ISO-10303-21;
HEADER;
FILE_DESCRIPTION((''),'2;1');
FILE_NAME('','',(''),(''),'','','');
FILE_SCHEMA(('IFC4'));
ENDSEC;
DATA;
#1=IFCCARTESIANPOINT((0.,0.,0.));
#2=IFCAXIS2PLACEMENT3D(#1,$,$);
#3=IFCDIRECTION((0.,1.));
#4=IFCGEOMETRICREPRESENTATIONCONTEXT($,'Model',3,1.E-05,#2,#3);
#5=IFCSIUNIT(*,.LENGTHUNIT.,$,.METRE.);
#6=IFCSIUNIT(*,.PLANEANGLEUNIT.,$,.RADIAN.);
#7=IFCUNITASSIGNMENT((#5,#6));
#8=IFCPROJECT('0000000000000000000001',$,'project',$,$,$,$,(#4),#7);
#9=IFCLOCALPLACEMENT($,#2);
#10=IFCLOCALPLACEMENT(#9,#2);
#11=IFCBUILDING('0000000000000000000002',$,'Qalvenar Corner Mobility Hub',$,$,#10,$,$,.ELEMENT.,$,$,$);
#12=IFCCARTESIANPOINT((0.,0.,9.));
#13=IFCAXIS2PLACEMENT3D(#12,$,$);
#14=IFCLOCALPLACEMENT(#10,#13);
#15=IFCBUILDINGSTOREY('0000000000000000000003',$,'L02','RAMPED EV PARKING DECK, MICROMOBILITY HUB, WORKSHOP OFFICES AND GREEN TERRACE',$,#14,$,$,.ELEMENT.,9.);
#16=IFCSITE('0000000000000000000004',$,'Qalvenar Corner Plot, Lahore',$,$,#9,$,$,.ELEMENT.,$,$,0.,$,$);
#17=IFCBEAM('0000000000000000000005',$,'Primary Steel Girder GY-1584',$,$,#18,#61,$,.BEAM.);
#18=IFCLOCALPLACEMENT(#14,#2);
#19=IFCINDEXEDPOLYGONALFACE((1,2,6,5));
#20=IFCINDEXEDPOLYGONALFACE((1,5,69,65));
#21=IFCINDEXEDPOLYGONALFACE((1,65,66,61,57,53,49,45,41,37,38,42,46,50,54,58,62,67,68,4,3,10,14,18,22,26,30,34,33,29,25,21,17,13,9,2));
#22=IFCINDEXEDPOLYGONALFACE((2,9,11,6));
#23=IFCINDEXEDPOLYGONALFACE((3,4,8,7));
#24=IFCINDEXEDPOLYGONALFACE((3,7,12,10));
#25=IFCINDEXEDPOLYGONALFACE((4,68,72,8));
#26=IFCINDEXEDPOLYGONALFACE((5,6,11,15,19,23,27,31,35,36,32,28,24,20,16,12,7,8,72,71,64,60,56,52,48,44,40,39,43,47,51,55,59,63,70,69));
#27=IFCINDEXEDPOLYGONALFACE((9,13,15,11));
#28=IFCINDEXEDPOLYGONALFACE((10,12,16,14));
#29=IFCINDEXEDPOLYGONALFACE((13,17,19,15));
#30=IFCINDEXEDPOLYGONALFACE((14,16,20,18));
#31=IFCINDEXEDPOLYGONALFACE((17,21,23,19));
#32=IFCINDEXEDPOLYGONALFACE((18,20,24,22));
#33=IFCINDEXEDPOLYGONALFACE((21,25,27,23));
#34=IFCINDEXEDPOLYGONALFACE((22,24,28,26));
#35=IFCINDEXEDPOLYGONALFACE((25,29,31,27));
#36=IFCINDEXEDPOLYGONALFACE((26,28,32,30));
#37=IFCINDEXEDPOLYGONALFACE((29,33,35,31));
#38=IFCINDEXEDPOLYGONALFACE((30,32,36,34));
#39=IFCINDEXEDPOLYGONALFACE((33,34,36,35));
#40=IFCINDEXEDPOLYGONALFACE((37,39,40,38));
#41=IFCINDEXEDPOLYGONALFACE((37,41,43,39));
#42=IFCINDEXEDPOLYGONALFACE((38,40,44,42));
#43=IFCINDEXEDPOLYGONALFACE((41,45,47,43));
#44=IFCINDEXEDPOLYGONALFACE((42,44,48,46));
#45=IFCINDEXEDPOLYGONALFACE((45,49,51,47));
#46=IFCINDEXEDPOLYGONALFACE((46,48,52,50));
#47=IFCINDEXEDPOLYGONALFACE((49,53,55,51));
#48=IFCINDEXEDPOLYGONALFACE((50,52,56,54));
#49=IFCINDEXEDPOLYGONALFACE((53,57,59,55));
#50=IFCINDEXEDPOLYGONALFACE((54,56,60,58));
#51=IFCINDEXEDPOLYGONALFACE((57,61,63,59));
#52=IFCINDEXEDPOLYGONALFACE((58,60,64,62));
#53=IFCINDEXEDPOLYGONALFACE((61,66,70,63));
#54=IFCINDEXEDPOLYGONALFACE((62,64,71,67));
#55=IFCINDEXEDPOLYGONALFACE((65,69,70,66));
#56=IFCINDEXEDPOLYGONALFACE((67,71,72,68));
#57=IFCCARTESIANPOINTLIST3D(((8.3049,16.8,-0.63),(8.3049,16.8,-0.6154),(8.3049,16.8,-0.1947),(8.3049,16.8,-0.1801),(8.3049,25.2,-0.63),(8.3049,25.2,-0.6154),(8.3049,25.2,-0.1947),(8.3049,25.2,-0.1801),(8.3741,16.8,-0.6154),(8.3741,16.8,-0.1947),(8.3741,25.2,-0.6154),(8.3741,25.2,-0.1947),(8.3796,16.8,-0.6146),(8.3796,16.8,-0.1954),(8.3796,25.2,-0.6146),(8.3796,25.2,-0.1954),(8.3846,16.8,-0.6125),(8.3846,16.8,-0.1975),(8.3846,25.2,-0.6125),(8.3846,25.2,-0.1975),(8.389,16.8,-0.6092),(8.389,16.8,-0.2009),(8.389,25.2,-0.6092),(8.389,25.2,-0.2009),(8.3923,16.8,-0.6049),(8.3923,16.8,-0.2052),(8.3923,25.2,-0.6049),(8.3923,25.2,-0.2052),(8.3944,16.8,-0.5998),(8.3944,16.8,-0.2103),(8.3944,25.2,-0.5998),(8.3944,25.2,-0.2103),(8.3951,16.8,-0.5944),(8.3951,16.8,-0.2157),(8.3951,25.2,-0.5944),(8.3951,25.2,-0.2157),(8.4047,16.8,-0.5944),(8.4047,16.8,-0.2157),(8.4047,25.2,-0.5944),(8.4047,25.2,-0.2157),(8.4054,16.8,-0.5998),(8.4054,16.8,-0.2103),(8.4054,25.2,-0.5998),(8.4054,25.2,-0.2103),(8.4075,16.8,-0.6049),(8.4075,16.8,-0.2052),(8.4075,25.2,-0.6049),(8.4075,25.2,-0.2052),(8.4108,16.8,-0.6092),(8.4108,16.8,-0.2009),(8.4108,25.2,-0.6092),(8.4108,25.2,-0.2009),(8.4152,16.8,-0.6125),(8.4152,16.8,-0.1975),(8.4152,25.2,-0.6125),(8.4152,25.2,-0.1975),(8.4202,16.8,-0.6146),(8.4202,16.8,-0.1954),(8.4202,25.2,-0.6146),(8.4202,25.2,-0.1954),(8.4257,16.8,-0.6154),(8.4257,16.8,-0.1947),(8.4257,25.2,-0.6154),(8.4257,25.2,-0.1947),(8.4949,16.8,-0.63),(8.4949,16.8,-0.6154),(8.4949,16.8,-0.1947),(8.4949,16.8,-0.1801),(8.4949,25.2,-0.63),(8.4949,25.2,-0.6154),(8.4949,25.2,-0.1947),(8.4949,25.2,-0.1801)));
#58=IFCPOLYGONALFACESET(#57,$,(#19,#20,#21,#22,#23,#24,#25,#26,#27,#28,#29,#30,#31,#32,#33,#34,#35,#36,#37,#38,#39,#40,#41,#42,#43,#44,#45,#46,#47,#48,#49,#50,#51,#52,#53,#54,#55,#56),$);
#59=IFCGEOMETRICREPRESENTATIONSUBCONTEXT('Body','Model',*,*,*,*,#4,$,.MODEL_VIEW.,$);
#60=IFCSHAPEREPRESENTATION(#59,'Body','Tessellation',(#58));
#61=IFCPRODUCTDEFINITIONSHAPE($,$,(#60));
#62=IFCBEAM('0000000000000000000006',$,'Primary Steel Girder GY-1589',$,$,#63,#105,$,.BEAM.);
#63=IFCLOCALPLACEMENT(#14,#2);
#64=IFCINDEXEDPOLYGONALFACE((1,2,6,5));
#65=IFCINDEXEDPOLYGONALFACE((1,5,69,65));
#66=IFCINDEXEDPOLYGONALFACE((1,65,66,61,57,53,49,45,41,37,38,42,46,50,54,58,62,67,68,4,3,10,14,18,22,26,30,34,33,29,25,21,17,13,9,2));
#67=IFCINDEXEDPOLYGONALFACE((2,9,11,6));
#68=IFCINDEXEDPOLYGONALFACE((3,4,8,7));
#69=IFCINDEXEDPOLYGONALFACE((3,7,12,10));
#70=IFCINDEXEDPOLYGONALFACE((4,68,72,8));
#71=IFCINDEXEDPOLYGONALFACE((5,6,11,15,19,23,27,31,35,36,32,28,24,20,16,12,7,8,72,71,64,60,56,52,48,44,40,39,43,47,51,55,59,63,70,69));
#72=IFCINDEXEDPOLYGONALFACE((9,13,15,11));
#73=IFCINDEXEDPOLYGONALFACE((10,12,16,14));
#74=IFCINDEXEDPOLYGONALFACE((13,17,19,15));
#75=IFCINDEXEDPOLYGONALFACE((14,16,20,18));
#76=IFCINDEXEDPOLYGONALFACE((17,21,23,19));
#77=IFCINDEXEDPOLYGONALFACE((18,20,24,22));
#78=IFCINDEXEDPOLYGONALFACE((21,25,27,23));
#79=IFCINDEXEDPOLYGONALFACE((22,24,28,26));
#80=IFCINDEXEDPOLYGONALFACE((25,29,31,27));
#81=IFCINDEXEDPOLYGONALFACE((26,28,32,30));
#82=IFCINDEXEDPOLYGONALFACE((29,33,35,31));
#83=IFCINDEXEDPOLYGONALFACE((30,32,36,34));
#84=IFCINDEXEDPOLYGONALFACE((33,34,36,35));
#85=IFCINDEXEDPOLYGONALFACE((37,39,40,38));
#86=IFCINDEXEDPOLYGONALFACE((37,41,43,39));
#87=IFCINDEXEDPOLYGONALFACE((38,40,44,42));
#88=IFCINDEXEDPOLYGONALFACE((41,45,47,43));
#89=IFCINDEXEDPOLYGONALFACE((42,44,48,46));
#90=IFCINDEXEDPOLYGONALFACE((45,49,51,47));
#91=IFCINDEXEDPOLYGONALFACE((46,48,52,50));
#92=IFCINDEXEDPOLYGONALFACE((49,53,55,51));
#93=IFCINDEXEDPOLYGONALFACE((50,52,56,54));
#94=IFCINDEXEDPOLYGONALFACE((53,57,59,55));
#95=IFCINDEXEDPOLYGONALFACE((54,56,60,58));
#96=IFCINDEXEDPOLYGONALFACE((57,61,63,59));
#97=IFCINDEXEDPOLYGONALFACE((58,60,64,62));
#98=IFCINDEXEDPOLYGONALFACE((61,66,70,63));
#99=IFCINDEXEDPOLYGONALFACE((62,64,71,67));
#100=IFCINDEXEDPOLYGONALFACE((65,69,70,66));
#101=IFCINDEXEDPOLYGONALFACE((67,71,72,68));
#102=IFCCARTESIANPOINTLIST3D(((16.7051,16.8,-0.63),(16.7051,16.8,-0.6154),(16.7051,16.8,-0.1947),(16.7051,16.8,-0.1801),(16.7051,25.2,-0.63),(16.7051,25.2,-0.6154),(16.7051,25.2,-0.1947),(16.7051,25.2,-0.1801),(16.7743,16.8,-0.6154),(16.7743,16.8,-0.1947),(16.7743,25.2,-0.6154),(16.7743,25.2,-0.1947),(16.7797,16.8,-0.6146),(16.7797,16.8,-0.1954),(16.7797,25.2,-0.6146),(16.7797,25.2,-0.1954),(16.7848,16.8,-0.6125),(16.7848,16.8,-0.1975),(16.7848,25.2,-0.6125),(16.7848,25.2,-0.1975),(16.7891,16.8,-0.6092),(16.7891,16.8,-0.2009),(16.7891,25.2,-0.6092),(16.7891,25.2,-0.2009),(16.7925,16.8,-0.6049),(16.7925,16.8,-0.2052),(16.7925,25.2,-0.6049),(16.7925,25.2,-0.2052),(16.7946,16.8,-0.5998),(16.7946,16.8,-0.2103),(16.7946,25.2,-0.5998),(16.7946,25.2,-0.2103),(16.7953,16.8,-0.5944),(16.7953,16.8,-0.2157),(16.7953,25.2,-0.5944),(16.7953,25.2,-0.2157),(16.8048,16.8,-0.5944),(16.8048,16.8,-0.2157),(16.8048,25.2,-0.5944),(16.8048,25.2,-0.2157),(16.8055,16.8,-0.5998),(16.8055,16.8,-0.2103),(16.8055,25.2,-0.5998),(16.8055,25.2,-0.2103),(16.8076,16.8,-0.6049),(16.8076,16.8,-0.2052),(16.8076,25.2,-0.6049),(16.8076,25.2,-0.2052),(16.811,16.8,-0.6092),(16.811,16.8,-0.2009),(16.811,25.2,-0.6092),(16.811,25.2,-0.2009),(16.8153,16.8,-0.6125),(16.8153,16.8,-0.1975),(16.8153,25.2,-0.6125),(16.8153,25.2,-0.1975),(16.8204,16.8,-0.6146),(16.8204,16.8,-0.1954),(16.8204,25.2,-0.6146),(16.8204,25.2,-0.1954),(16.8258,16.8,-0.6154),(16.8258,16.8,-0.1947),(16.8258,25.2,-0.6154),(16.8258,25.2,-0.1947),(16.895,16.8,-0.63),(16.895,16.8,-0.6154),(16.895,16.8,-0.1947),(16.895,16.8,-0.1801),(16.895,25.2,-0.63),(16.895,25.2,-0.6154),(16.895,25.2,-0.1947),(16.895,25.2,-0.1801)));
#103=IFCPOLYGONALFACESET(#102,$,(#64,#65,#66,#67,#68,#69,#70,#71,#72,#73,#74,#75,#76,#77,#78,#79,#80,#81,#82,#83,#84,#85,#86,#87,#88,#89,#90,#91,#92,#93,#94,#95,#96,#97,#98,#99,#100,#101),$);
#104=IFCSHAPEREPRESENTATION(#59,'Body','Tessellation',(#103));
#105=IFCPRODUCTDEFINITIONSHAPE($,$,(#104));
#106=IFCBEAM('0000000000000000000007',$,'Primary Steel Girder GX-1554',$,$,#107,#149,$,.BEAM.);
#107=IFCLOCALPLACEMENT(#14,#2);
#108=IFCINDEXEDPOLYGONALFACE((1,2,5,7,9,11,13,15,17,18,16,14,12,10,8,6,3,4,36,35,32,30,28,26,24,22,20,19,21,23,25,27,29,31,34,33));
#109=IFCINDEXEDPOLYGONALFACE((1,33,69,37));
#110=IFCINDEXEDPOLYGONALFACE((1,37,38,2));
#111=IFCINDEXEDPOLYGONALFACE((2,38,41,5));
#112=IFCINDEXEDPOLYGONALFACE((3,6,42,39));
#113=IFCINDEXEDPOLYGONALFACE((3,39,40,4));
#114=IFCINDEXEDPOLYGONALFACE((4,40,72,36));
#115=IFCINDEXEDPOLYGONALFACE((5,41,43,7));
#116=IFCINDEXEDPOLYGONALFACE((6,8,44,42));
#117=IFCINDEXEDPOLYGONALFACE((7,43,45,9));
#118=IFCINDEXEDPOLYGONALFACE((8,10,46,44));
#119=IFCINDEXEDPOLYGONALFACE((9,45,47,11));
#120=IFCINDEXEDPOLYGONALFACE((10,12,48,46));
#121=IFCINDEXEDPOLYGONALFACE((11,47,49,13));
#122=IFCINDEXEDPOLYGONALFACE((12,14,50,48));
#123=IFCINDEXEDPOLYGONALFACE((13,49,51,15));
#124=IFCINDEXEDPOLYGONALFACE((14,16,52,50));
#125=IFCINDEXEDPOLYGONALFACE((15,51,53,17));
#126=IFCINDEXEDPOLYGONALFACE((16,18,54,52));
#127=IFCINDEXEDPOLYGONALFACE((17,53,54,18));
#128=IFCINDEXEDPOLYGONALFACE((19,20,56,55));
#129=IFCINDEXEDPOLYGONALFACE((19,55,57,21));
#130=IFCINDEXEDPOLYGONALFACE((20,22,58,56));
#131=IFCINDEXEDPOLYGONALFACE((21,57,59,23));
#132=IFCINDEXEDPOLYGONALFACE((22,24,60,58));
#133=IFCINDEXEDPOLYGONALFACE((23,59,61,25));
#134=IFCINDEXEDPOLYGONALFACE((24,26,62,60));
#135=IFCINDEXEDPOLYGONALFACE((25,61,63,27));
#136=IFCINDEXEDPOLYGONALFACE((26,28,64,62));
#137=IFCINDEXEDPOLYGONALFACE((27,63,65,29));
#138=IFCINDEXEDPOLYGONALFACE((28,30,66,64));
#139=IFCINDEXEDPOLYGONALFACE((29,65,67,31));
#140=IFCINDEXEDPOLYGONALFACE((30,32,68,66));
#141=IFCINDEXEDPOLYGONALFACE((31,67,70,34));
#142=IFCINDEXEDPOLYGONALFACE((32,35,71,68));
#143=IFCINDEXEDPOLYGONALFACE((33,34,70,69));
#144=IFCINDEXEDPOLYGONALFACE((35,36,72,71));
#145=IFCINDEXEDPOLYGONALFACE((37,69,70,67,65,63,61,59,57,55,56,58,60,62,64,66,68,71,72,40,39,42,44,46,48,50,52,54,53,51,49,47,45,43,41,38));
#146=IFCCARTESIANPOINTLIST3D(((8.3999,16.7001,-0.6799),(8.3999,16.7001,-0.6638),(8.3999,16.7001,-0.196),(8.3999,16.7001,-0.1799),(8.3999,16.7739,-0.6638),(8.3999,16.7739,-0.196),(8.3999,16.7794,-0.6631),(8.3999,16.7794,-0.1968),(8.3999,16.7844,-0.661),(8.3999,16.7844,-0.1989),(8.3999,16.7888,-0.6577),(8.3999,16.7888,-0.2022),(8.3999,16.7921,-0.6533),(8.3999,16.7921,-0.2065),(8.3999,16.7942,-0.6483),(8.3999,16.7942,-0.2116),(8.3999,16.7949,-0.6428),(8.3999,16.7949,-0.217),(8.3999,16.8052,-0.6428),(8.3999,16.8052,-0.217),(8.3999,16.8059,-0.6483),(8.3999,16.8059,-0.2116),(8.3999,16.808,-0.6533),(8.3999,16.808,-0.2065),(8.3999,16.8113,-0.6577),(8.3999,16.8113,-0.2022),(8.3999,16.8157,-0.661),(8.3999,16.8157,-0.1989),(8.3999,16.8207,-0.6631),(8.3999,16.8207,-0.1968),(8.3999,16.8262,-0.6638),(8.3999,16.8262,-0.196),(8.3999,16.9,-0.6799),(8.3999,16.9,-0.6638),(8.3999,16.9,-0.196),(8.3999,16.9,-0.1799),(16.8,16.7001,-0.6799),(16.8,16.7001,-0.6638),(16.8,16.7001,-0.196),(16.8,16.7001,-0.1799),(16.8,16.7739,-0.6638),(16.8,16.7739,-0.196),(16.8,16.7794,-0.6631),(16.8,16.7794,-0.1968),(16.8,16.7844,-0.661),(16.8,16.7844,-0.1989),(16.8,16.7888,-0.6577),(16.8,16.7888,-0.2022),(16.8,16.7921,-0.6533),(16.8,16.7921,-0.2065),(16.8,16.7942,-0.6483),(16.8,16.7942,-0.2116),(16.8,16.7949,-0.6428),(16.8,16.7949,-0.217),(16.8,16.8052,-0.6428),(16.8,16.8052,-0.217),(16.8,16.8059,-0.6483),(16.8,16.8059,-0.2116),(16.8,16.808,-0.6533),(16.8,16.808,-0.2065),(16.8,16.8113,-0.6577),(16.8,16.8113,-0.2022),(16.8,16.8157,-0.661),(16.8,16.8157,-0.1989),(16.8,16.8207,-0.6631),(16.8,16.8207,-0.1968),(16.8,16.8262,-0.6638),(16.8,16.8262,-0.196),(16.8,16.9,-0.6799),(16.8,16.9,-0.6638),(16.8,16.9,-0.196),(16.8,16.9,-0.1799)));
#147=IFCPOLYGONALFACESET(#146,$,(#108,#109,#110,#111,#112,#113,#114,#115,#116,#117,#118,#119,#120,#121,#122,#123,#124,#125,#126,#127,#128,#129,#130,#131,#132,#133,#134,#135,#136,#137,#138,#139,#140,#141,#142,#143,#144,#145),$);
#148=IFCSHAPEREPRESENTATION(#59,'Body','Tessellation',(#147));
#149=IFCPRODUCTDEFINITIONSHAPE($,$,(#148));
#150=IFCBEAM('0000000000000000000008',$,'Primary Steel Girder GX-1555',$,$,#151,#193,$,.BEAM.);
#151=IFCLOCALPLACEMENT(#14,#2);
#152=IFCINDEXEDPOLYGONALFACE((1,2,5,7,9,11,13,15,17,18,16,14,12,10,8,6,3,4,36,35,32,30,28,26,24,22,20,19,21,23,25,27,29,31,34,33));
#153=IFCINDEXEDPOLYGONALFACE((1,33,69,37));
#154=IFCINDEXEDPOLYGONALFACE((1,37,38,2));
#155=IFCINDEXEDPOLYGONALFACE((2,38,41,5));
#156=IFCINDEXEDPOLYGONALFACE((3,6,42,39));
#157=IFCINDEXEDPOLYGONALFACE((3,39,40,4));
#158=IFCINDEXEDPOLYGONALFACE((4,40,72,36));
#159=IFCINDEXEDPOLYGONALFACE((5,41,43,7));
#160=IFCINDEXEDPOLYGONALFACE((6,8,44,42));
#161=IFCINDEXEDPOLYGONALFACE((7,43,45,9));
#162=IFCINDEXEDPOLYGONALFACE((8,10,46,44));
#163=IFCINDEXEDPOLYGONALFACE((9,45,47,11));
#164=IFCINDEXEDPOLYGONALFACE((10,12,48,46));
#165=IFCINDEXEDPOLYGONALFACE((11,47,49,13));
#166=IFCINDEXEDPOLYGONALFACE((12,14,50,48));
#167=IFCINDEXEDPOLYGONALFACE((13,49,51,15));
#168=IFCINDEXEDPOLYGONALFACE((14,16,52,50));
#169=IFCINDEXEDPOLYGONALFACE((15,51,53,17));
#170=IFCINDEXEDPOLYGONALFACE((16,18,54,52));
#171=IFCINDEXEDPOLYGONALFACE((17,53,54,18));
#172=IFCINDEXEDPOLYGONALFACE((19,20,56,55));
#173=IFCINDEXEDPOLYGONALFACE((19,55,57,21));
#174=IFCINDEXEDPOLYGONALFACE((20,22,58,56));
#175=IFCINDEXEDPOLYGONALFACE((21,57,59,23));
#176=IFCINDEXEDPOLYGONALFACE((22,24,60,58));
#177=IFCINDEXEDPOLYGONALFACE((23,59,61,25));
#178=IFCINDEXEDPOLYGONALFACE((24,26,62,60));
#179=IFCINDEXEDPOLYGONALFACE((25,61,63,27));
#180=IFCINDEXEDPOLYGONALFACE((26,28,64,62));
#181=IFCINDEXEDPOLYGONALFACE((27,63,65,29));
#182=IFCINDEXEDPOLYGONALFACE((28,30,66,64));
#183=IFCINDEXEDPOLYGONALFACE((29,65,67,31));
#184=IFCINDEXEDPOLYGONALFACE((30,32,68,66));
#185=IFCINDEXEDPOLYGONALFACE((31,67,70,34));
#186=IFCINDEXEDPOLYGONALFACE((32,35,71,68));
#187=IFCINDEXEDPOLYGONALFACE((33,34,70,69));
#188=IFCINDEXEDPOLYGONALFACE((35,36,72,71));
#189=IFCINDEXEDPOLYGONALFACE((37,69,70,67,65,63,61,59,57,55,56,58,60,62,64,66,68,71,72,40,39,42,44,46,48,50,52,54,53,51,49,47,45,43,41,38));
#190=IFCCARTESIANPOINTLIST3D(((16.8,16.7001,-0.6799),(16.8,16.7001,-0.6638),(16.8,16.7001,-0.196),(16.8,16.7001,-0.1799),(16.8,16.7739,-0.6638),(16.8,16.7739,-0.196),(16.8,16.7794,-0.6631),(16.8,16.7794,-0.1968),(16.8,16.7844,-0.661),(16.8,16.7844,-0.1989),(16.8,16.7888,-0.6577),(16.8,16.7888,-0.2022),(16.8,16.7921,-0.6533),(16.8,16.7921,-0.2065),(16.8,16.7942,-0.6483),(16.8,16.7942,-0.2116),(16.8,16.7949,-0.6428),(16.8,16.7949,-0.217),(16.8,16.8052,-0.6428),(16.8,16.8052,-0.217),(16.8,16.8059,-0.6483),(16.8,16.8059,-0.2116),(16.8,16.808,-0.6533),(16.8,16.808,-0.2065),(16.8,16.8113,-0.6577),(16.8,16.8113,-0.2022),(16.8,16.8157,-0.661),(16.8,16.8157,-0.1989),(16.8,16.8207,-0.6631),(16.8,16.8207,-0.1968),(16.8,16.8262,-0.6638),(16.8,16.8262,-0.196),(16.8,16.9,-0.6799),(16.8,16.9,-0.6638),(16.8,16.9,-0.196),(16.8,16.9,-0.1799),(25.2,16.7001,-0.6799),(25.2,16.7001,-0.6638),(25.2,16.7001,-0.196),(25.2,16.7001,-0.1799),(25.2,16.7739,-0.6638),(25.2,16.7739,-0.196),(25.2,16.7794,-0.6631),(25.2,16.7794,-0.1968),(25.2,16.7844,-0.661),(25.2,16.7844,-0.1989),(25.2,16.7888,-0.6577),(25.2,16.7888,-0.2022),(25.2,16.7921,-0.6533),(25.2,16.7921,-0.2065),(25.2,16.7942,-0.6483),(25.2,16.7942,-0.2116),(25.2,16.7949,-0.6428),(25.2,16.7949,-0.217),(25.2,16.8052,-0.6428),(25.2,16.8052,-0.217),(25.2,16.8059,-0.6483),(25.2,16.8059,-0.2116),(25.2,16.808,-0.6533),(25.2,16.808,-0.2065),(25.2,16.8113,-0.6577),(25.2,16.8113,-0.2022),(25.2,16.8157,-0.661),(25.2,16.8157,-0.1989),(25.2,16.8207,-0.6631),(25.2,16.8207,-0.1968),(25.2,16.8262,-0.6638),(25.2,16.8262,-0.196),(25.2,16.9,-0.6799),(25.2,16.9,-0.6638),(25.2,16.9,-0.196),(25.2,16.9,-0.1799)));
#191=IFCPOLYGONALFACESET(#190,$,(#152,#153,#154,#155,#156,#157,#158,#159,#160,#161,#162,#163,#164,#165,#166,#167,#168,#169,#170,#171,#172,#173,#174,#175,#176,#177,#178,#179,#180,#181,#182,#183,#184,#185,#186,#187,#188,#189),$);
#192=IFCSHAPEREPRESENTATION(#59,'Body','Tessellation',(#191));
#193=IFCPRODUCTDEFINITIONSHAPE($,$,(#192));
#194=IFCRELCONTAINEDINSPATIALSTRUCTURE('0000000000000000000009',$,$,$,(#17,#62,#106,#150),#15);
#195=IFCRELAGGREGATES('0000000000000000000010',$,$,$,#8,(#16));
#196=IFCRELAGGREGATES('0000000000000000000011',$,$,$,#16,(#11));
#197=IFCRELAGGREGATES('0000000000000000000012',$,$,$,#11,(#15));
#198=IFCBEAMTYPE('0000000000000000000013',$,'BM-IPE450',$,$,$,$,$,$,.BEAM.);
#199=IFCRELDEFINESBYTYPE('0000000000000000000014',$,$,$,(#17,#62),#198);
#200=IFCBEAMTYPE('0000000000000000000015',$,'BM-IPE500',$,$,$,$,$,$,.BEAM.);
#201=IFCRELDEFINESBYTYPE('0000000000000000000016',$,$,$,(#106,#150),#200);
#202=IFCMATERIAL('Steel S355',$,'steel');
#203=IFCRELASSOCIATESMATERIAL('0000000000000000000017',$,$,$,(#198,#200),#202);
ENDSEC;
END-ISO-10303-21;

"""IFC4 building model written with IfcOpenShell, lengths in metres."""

from ifc_helpers import new_model, si_unit, direction, frame, origin, origin_2d, place, context, subcontext, project, spatial, i_section, extrude, material, material_profile, profile_set, type_object, element, save


model = new_model("IFC4")

# Units and contexts
model_context = context("Model", 3, precision=1e-05, world=origin(), true_north=direction((0.0, 1.0)))
body_context = subcontext(model_context, "Body", "Model", "MODEL_VIEW")
ifc_project = project(units=[si_unit("LENGTHUNIT", "METRE"), si_unit("PLANEANGLEUNIT", "RADIAN")], contexts=[model_context])

# Site, building, storey
site_placement = place(None, origin())
site = spatial("IfcSite", under=ifc_project, at=site_placement, Name="Qalvenar Corner Plot, Lahore", CompositionType="ELEMENT", RefElevation=0.0)
building_placement = place(site_placement, origin())
building = spatial("IfcBuilding", under=site, at=building_placement, Name="Qalvenar Corner Mobility Hub", CompositionType="ELEMENT")
storey_placement = place(building_placement, frame((0.0, 0.0, 9.0)))
storey = spatial("IfcBuildingStorey", under=building, at=storey_placement, Name="L02", Description="RAMPED EV PARKING DECK, MICROMOBILITY HUB, WORKSHOP OFFICES AND GREEN TERRACE", CompositionType="ELEMENT", Elevation=9.0)

# Beams
ifc_material_1 = material(Name="Steel S355", Category="steel")
ifc_material_profile_1 = material_profile(ifc_material_1, i_section(OverallWidth=0.1899, OverallDepth=0.45, WebThickness=0.0095, FlangeThickness=0.0146, FilletRadius=0.021, at=origin_2d()), Name="IPE450")
ifc_profile_set_1 = profile_set([ifc_material_profile_1], Name="Steel S355")
beam_type_1 = type_object("IfcBeamType", Name="BM-IPE450", PredefinedType="BEAM", material=ifc_profile_set_1)
for number, where, z_axis, x_axis, name in (
    (1, (8.3999, 16.8, -0.405), (0.0, 1.0, 0.0), (-1.0, 0.0, 0.0), "Primary Steel Girder GY-1584"),
    (2, (16.8, 16.8, -0.405), (0.0, 1.0, 0.0), (-1.0, 0.0, 0.0), "Primary Steel Girder GY-1589"),
):
    element("IfcBeam", number, at=place(storey_placement, frame(where, z_axis=z_axis, x_axis=x_axis)), inside=storey, type_object=beam_type_1, Name=name, PredefinedType="BEAM", context=body_context, shape_type="SweptSolid", body=[
        extrude(i_section(OverallWidth=0.1899, OverallDepth=0.45, WebThickness=0.0095, FlangeThickness=0.0146, FilletRadius=0.021, at=origin_2d()), origin(), (0.0, 0.0, 1.0), 8.3999),
    ])
ifc_material_profile_2 = material_profile(ifc_material_1, i_section(OverallWidth=0.2, OverallDepth=0.5, WebThickness=0.0103, FlangeThickness=0.0161, FilletRadius=0.021, at=origin_2d()), Name="IPE500")
ifc_profile_set_2 = profile_set([ifc_material_profile_2], Name="Steel S355")
beam_type_2 = type_object("IfcBeamType", Name="BM-IPE500", PredefinedType="BEAM", material=ifc_profile_set_2)
beam_1_placement = place(storey_placement, frame((8.3999, 16.8, -0.4299), z_axis=(1.0, 0.0, 0.0), x_axis=(0.0, 1.0, 0.0)))
element("IfcBeam", 3, at=beam_1_placement, inside=storey, type_object=beam_type_2, Name="Primary Steel Girder GX-1554", PredefinedType="BEAM", context=body_context, shape_type="SweptSolid", body=[
    extrude(i_section(OverallWidth=0.2, OverallDepth=0.5, WebThickness=0.0103, FlangeThickness=0.0161, FilletRadius=0.021, at=origin_2d()), origin(), (0.0, 0.0, 1.0), 8.4001),
])
beam_2_placement = place(storey_placement, frame((16.8, 16.8, -0.4299), z_axis=(1.0, 0.0, 0.0), x_axis=(0.0, 1.0, 0.0)))
element("IfcBeam", 4, at=beam_2_placement, inside=storey, type_object=beam_type_2, Name="Primary Steel Girder GX-1555", PredefinedType="BEAM", context=body_context, shape_type="SweptSolid", body=[
    extrude(i_section(OverallWidth=0.2, OverallDepth=0.5, WebThickness=0.0103, FlangeThickness=0.0161, FilletRadius=0.021, at=origin_2d()), origin(), (0.0, 0.0, 1.0), 8.3999),
])

save(model, "model.ifc")
